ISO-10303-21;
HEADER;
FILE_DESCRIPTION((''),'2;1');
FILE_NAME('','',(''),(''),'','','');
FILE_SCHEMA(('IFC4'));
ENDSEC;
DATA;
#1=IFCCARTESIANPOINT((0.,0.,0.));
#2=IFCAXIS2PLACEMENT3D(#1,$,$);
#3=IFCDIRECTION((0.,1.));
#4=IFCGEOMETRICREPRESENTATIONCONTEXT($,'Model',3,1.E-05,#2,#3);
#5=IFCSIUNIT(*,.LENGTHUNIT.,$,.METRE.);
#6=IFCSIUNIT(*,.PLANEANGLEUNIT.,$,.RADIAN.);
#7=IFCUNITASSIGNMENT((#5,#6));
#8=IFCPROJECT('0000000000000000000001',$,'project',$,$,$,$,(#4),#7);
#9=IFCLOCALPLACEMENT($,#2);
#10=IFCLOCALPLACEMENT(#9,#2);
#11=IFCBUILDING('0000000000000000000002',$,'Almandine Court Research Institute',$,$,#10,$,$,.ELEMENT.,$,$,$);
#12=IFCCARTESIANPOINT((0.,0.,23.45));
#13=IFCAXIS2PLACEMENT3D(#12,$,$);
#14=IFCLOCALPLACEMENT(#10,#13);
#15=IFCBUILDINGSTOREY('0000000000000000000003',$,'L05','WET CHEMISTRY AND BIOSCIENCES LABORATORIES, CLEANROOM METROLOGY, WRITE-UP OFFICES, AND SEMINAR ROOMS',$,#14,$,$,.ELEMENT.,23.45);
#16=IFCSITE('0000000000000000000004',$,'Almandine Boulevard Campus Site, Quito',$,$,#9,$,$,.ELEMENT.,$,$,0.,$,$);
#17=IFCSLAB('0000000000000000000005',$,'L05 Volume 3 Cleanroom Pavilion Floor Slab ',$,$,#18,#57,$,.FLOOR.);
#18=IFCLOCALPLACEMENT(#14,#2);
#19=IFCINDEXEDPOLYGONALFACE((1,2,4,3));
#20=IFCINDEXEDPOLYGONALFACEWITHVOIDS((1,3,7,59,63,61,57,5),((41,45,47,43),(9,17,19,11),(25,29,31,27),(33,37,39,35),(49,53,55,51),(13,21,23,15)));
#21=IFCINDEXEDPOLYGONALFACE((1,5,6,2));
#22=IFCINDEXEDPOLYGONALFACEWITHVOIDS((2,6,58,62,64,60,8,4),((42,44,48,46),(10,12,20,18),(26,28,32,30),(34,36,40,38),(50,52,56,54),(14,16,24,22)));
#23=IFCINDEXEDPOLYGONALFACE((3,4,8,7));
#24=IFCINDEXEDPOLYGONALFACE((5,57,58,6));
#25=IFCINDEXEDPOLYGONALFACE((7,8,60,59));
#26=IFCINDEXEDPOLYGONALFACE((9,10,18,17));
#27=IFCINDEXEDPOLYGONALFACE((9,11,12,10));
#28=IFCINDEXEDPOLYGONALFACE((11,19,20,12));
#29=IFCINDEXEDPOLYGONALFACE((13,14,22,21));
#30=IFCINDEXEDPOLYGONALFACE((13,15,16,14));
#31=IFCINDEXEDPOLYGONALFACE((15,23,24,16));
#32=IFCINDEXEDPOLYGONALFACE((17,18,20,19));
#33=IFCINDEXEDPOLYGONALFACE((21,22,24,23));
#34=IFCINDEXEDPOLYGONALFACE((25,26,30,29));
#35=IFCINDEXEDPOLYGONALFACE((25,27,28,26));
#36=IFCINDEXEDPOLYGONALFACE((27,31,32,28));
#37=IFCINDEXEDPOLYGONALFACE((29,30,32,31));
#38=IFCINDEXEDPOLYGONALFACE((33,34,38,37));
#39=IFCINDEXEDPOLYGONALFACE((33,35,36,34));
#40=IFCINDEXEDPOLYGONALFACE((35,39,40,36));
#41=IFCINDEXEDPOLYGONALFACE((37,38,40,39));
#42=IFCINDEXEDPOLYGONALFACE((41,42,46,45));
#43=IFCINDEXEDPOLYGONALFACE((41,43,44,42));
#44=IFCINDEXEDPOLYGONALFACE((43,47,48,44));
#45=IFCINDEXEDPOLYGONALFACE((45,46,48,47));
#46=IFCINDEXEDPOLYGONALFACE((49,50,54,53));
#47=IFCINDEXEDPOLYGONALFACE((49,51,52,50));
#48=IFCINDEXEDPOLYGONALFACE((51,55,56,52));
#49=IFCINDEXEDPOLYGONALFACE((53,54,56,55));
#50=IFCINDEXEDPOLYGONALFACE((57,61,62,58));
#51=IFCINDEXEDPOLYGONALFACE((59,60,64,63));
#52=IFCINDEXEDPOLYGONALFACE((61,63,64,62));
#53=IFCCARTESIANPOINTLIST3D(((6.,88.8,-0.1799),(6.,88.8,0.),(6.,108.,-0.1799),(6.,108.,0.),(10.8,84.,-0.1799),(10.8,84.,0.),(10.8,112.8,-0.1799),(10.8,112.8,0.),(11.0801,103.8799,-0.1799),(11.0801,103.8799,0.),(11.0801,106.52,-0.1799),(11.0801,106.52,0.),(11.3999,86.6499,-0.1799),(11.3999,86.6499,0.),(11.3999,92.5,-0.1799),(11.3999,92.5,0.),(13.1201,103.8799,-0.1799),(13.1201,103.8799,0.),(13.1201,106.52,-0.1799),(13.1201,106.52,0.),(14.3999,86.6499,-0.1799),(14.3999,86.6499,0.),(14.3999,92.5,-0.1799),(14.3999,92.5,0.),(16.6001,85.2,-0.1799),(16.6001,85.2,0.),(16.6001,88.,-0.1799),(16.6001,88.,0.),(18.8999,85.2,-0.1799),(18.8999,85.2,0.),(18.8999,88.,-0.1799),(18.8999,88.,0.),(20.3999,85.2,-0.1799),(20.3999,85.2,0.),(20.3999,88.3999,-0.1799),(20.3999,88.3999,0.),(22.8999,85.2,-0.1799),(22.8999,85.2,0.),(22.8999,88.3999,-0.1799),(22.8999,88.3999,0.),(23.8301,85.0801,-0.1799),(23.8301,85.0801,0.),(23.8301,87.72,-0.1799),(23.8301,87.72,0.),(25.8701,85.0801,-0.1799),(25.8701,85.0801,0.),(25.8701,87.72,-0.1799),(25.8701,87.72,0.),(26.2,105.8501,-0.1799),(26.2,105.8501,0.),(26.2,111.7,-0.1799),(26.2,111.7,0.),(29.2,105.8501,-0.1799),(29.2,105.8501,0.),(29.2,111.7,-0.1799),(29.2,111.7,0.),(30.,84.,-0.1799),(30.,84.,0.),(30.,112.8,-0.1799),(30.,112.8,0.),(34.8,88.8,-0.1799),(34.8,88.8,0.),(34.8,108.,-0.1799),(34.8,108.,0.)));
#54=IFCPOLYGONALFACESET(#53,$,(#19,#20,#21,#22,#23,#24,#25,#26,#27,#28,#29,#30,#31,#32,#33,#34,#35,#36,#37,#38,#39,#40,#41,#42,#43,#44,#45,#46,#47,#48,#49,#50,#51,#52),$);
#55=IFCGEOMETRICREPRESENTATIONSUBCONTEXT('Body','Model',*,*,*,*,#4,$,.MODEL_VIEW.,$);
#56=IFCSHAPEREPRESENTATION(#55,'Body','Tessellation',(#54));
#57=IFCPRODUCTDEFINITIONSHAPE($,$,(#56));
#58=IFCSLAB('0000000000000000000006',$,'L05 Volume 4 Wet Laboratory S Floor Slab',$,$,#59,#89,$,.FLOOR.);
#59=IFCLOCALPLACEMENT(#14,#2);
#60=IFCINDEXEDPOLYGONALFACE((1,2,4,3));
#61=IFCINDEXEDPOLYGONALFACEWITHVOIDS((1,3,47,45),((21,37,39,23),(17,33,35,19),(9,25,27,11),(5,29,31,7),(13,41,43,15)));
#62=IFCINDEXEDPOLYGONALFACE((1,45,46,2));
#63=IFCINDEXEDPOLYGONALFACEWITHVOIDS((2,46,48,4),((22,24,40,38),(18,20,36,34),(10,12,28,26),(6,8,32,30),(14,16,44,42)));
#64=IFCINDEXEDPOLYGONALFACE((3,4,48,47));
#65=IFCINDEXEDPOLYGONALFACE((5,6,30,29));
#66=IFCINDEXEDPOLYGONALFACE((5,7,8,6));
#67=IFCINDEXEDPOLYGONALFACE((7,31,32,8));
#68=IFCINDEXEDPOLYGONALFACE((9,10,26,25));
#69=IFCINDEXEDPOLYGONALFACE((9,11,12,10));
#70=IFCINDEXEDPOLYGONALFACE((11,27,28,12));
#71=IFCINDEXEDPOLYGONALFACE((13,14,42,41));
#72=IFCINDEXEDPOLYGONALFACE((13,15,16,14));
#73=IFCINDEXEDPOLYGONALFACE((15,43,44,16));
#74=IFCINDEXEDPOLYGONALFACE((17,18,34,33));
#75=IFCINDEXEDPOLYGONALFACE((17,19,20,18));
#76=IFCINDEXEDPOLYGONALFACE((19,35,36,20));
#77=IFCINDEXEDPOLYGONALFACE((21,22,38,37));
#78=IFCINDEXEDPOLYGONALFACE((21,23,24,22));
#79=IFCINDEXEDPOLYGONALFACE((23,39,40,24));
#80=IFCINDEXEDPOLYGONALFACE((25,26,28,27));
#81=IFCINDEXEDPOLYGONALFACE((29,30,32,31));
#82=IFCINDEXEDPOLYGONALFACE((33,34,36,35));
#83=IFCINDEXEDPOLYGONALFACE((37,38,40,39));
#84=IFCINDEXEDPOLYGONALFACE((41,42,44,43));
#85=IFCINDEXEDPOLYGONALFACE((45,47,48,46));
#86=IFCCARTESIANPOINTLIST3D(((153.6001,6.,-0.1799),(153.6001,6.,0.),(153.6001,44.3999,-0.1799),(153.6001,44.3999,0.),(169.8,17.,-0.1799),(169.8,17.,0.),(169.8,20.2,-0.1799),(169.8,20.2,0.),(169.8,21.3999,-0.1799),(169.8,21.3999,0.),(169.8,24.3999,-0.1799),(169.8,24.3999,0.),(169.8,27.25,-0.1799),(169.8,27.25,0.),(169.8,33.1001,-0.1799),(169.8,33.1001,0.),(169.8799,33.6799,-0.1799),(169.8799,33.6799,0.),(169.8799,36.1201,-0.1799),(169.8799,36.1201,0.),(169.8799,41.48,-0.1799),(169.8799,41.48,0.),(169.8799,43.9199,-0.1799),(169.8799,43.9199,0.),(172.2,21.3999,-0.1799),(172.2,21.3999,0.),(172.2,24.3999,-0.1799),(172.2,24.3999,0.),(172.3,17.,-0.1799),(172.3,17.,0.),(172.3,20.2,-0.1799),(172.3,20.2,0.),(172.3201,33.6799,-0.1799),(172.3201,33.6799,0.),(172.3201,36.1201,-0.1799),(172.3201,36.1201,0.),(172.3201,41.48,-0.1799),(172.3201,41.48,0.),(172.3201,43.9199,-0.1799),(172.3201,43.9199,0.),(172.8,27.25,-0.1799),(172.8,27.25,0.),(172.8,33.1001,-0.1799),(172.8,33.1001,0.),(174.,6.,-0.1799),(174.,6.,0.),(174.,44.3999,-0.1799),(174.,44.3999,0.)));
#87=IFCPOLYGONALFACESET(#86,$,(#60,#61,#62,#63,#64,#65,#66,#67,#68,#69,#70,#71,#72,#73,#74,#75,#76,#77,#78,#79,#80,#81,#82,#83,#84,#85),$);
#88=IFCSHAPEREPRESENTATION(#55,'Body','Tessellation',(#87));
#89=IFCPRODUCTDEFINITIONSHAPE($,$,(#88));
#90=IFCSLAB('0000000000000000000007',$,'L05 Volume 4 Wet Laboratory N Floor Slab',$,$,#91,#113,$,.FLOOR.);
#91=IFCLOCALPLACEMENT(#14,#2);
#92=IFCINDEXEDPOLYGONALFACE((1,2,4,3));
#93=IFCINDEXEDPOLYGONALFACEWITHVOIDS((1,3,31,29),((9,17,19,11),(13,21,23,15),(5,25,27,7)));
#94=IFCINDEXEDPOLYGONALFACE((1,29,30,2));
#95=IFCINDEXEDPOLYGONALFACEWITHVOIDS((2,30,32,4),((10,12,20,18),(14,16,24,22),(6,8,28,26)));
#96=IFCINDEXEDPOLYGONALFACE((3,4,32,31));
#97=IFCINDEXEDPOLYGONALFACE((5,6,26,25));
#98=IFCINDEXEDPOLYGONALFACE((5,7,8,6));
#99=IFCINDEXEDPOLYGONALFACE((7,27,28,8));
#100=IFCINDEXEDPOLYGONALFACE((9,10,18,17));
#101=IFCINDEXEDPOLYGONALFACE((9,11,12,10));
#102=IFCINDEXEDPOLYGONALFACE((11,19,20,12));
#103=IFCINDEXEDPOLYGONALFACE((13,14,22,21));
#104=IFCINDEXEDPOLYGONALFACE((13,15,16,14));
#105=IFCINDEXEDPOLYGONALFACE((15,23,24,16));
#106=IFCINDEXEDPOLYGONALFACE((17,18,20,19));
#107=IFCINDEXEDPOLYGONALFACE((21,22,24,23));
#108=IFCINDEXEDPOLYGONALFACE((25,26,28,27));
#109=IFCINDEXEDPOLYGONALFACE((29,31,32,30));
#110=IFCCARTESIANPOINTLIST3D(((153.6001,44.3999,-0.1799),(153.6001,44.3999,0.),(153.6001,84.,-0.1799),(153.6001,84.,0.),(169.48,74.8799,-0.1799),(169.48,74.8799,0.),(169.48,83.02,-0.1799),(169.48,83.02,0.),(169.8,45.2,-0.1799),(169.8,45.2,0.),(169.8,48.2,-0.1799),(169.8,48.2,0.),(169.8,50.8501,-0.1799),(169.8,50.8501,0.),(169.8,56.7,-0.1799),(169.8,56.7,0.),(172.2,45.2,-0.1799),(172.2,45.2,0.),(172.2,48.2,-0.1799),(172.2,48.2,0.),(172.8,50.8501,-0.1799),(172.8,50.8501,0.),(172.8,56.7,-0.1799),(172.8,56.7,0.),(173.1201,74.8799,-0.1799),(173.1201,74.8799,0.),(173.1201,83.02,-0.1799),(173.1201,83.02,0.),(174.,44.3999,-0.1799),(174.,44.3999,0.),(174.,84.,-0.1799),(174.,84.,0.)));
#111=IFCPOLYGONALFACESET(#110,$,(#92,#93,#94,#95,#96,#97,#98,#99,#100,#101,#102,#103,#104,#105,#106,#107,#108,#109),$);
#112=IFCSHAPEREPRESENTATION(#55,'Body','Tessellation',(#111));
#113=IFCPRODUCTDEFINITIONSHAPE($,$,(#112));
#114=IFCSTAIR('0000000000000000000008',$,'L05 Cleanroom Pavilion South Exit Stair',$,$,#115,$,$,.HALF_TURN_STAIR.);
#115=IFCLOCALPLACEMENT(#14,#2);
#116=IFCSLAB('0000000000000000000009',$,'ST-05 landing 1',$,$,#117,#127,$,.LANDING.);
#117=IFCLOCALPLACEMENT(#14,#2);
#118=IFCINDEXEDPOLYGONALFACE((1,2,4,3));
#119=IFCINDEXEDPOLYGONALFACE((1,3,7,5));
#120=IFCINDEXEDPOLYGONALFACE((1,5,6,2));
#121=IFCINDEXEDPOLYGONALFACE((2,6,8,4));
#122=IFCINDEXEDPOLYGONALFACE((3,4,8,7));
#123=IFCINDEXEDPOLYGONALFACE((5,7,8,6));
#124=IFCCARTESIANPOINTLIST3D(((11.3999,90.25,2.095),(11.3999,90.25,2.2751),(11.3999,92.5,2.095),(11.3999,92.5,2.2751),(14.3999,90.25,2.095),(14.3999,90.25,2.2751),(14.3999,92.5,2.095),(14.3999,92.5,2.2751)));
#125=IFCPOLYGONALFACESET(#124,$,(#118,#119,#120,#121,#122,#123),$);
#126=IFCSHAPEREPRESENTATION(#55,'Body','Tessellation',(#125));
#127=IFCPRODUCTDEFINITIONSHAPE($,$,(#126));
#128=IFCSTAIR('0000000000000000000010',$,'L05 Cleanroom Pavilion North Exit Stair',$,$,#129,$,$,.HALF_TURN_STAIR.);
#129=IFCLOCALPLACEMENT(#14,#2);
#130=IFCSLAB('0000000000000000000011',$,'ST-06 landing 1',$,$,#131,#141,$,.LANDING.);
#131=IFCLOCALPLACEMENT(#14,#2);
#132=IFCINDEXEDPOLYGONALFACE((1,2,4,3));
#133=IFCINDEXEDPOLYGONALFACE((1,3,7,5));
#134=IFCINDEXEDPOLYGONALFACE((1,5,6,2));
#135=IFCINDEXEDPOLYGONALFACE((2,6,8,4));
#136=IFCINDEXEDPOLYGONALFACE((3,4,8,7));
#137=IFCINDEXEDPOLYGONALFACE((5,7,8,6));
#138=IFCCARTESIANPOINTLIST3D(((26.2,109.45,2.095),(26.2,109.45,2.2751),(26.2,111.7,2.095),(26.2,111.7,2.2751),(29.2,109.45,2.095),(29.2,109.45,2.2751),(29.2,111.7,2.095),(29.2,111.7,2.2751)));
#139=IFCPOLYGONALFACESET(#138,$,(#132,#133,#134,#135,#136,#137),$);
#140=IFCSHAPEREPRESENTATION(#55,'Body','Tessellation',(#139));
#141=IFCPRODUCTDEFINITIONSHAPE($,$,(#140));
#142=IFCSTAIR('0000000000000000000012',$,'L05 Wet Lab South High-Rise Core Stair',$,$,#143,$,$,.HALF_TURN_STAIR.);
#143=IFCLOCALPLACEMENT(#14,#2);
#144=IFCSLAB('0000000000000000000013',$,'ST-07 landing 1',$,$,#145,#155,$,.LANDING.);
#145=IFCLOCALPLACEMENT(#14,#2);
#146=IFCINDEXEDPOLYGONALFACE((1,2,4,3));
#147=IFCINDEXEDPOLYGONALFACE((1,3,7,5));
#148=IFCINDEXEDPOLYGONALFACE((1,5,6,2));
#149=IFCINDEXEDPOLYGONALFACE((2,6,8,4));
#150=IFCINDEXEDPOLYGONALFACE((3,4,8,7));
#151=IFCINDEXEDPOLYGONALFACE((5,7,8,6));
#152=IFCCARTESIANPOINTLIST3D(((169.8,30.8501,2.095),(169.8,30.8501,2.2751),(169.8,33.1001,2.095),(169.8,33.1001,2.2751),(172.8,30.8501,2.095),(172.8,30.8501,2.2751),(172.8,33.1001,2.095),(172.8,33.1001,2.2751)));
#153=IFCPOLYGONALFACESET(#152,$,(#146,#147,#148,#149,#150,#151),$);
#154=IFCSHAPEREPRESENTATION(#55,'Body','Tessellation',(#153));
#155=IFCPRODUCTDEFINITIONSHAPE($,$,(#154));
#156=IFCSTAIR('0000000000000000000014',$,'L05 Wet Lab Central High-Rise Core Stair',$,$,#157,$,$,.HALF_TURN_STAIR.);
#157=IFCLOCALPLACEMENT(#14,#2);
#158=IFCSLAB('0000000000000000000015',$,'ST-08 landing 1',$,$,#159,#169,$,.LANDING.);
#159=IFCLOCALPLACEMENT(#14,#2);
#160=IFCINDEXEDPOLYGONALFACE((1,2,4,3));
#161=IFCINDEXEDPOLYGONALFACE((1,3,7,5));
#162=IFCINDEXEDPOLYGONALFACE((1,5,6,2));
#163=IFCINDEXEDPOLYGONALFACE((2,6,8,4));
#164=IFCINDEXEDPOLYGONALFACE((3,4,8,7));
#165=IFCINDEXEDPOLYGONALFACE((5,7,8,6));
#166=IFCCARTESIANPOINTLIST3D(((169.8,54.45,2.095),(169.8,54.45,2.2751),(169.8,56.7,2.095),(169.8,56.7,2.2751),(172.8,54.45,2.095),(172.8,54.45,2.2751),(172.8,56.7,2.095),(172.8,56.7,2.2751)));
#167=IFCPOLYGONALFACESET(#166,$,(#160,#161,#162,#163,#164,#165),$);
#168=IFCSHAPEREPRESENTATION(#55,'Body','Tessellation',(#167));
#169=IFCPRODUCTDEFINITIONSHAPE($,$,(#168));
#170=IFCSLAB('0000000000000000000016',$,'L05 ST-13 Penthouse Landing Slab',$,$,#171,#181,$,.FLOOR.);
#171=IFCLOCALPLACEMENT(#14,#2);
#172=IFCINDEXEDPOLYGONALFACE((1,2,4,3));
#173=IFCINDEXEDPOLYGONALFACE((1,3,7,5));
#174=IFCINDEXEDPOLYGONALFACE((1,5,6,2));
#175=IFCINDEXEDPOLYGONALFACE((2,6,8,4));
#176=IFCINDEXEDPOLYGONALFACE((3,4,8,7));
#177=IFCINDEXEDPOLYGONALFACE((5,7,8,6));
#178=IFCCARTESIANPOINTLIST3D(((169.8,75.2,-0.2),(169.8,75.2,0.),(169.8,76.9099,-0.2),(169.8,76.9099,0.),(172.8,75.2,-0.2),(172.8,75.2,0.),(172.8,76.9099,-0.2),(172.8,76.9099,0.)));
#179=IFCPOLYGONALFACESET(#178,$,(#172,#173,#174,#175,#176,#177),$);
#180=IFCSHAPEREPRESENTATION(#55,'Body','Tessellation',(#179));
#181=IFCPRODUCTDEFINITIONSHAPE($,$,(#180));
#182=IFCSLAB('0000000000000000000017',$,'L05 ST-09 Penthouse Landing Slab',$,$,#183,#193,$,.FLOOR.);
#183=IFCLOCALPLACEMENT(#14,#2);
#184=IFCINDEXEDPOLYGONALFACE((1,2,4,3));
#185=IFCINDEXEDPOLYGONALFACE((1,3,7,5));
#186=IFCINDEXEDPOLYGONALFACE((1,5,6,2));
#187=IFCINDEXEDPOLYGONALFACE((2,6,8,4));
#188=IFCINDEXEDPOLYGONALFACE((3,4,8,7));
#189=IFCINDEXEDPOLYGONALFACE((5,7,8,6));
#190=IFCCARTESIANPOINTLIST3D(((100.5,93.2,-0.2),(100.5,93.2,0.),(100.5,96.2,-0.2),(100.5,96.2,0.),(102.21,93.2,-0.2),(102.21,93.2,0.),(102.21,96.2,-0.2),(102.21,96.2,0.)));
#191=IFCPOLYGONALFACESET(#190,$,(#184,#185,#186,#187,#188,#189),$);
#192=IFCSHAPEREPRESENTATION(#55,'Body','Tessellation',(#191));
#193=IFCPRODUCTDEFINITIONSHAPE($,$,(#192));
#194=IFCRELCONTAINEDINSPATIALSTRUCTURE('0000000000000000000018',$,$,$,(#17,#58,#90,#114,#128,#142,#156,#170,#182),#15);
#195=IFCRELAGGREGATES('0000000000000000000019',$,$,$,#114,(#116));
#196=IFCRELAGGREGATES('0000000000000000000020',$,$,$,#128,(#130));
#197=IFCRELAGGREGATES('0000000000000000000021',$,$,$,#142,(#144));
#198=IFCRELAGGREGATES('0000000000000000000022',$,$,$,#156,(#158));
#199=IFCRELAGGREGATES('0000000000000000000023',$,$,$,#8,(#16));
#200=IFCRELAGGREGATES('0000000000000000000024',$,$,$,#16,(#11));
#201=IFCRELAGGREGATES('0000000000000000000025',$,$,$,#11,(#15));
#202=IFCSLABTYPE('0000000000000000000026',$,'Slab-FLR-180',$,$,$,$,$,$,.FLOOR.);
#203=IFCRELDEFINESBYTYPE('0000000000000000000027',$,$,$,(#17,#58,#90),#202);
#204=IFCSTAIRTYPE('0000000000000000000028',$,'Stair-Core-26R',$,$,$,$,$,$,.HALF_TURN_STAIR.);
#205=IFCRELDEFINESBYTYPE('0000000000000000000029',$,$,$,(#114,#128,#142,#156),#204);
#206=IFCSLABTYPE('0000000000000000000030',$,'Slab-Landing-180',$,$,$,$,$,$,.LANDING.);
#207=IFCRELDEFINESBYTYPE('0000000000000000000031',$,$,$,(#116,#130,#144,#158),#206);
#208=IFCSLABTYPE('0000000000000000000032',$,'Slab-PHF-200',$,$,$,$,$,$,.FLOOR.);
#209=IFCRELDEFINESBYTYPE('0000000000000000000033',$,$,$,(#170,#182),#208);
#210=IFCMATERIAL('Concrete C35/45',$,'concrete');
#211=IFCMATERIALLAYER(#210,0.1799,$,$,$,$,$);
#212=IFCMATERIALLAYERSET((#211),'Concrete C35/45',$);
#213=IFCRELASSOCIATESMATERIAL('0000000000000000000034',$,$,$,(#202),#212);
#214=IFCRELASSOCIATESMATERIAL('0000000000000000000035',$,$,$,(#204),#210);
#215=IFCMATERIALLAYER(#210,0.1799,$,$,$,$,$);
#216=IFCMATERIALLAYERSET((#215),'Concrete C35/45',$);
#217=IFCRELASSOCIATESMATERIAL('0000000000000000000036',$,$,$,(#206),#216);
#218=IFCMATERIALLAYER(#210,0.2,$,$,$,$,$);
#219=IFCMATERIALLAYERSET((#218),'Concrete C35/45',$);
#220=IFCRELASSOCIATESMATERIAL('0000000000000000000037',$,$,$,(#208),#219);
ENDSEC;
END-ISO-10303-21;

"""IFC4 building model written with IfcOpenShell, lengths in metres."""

from ifc_helpers import new_model, si_unit, direction, frame, origin, place, context, subcontext, project, spatial, polyline, outline, extrude, material, layer, layer_set, type_object, element, aggregate, save


model = new_model("IFC4")

# Units and contexts
model_context = context("Model", 3, precision=1e-05, world=origin(), true_north=direction((0.0, 1.0)))
body_context = subcontext(model_context, "Body", "Model", "MODEL_VIEW")
ifc_project = project(units=[si_unit("LENGTHUNIT", "METRE"), si_unit("PLANEANGLEUNIT", "RADIAN")], contexts=[model_context])

# Site, building, storey
site_placement = place(None, origin())
site = spatial("IfcSite", under=ifc_project, at=site_placement, Name="Almandine Boulevard Campus Site, Quito", CompositionType="ELEMENT", RefElevation=0.0)
building_placement = place(site_placement, origin())
building = spatial("IfcBuilding", under=site, at=building_placement, Name="Almandine Court Research Institute", CompositionType="ELEMENT")
storey_placement = place(building_placement, frame((0.0, 0.0, 23.45)))
storey = spatial("IfcBuildingStorey", under=building, at=storey_placement, Name="L05", Description="WET CHEMISTRY AND BIOSCIENCES LABORATORIES, CLEANROOM METROLOGY, WRITE-UP OFFICES, AND SEMINAR ROOMS", CompositionType="ELEMENT", Elevation=23.45)

# Slabs
ifc_material_1 = material(Name="Concrete C35/45", Category="concrete")
ifc_layer_1 = layer(ifc_material_1, 0.1799)
ifc_layer_set_1 = layer_set([ifc_layer_1], Name="Concrete C35/45")
slab_type_1 = type_object("IfcSlabType", Name="Slab-FLR-180", PredefinedType="FLOOR", material=ifc_layer_set_1)
slab_1_placement = place(storey_placement, frame((0.0, 0.0, -0.1799)))
element("IfcSlab", 1, at=slab_1_placement, inside=storey, type_object=slab_type_1, Name="L05 Volume 3 Cleanroom Pavilion Floor Slab ", PredefinedType="FLOOR", context=body_context, shape_type="SweptSolid", body=[
    extrude(outline(polyline([(10.8, 84.0), (30.0, 84.0), (34.8, 88.8), (34.8, 108.0), (30.0, 112.8), (10.8, 112.8), (6.0, 108.0), (6.0, 88.8), (10.8, 84.0)]), holes=[polyline([(14.3999, 86.6499), (14.3999, 92.5), (11.3999, 92.5), (11.3999, 86.6499), (14.3999, 86.6499)]), polyline([(29.2, 105.8501), (29.2, 111.7), (26.2, 111.7), (26.2, 105.8501), (29.2, 105.8501)]), polyline([(16.6001, 85.2), (18.8999, 85.2), (18.8999, 88.0), (16.6001, 88.0), (16.6001, 85.2)]), polyline([(20.3999, 85.2), (22.8999, 85.2), (22.8999, 88.3999), (20.3999, 88.3999), (20.3999, 85.2)]), polyline([(23.8301, 85.0801), (25.8701, 85.0801), (25.8701, 87.72), (23.8301, 87.72), (23.8301, 85.0801)]), polyline([(11.0801, 103.8799), (13.1201, 103.8799), (13.1201, 106.52), (11.0801, 106.52), (11.0801, 103.8799)])]), origin(), (0.0, 0.0, 1.0), 0.1799),
])
slab_2_placement = place(storey_placement, frame((0.0, 0.0, -0.1799)))
element("IfcSlab", 2, at=slab_2_placement, inside=storey, type_object=slab_type_1, Name="L05 Volume 4 Wet Laboratory S Floor Slab", PredefinedType="FLOOR", context=body_context, shape_type="SweptSolid", body=[
    extrude(outline(polyline([(153.6001, 6.0), (174.0, 6.0), (174.0, 44.3999), (153.6001, 44.3999), (153.6001, 6.0)]), holes=[polyline([(172.8, 27.25), (172.8, 33.1001), (169.8, 33.1001), (169.8, 27.25), (172.8, 27.25)]), polyline([(169.8, 21.3999), (172.2, 21.3999), (172.2, 24.3999), (169.8, 24.3999), (169.8, 21.3999)]), polyline([(169.8, 17.0), (172.3, 17.0), (172.3, 20.2), (169.8, 20.2), (169.8, 17.0)]), polyline([(169.8799, 33.6799), (172.3201, 33.6799), (172.3201, 36.1201), (169.8799, 36.1201), (169.8799, 33.6799)]), polyline([(169.8799, 41.48), (172.3201, 41.48), (172.3201, 43.9199), (169.8799, 43.9199), (169.8799, 41.48)])]), origin(), (0.0, 0.0, 1.0), 0.1799),
])
slab_3_placement = place(storey_placement, frame((0.0, 0.0, -0.1799)))
element("IfcSlab", 3, at=slab_3_placement, inside=storey, type_object=slab_type_1, Name="L05 Volume 4 Wet Laboratory N Floor Slab", PredefinedType="FLOOR", context=body_context, shape_type="SweptSolid", body=[
    extrude(outline(polyline([(153.6001, 44.3999), (174.0, 44.3999), (174.0, 84.0), (153.6001, 84.0), (153.6001, 44.3999)]), holes=[polyline([(172.8, 50.8501), (172.8, 56.7), (169.8, 56.7), (169.8, 50.8501), (172.8, 50.8501)]), polyline([(169.48, 74.8799), (173.1201, 74.8799), (173.1201, 83.02), (169.48, 83.02), (169.48, 74.8799)]), polyline([(169.8, 45.2), (172.2, 45.2), (172.2, 48.2), (169.8, 48.2), (169.8, 45.2)])]), origin(), (0.0, 0.0, 1.0), 0.1799),
])

# Stairs, slabs
stair_type = type_object("IfcStairType", Name="Stair-Core-26R", PredefinedType="HALF_TURN_STAIR", material=ifc_material_1)
stair_1_placement = place(storey_placement, origin())
stair_1 = element("IfcStair", 4, at=stair_1_placement, inside=storey, type_object=stair_type, Name="L05 Cleanroom Pavilion South Exit Stair", PredefinedType="HALF_TURN_STAIR")
ifc_layer_2 = layer(ifc_material_1, 0.1799)
ifc_layer_set_2 = layer_set([ifc_layer_2], Name="Concrete C35/45")
slab_type_2 = type_object("IfcSlabType", Name="Slab-Landing-180", PredefinedType="LANDING", material=ifc_layer_set_2)
slab_4_placement = place(storey_placement, frame((0.0, 0.0, 2.095)))
slab_4 = element("IfcSlab", 5, at=slab_4_placement, type_object=slab_type_2, Name="ST-05 landing 1", PredefinedType="LANDING", context=body_context, shape_type="SweptSolid", body=[
    extrude(outline(polyline([(14.3999, 90.25), (14.3999, 92.5), (11.3999, 92.5), (11.3999, 90.25), (14.3999, 90.25)])), origin(), (0.0, 0.0, 1.0), 0.1802),
])
aggregate(stair_1, [slab_4])
stair_2_placement = place(storey_placement, origin())
stair_2 = element("IfcStair", 6, at=stair_2_placement, inside=storey, type_object=stair_type, Name="L05 Cleanroom Pavilion North Exit Stair", PredefinedType="HALF_TURN_STAIR")
slab_5_placement = place(storey_placement, frame((0.0, 0.0, 2.095)))
slab_5 = element("IfcSlab", 7, at=slab_5_placement, type_object=slab_type_2, Name="ST-06 landing 1", PredefinedType="LANDING", context=body_context, shape_type="SweptSolid", body=[
    extrude(outline(polyline([(29.2, 109.45), (29.2, 111.7), (26.2, 111.7), (26.2, 109.45), (29.2, 109.45)])), origin(), (0.0, 0.0, 1.0), 0.1802),
])
aggregate(stair_2, [slab_5])
stair_3_placement = place(storey_placement, origin())
stair_3 = element("IfcStair", 8, at=stair_3_placement, inside=storey, type_object=stair_type, Name="L05 Wet Lab South High-Rise Core Stair", PredefinedType="HALF_TURN_STAIR")
slab_6_placement = place(storey_placement, frame((0.0, 0.0, 2.095)))
slab_6 = element("IfcSlab", 9, at=slab_6_placement, type_object=slab_type_2, Name="ST-07 landing 1", PredefinedType="LANDING", context=body_context, shape_type="SweptSolid", body=[
    extrude(outline(polyline([(172.8, 30.8501), (172.8, 33.1001), (169.8, 33.1001), (169.8, 30.8501), (172.8, 30.8501)])), origin(), (0.0, 0.0, 1.0), 0.1802),
])
aggregate(stair_3, [slab_6])
stair_4_placement = place(storey_placement, origin())
stair_4 = element("IfcStair", 10, at=stair_4_placement, inside=storey, type_object=stair_type, Name="L05 Wet Lab Central High-Rise Core Stair", PredefinedType="HALF_TURN_STAIR")
slab_7_placement = place(storey_placement, frame((0.0, 0.0, 2.095)))
slab_7 = element("IfcSlab", 11, at=slab_7_placement, type_object=slab_type_2, Name="ST-08 landing 1", PredefinedType="LANDING", context=body_context, shape_type="SweptSolid", body=[
    extrude(outline(polyline([(172.8, 54.45), (172.8, 56.7), (169.8, 56.7), (169.8, 54.45), (172.8, 54.45)])), origin(), (0.0, 0.0, 1.0), 0.1802),
])
aggregate(stair_4, [slab_7])

# Slabs
ifc_layer_3 = layer(ifc_material_1, 0.2)
ifc_layer_set_3 = layer_set([ifc_layer_3], Name="Concrete C35/45")
slab_type_3 = type_object("IfcSlabType", Name="Slab-PHF-200", PredefinedType="FLOOR", material=ifc_layer_set_3)
slab_8_placement = place(storey_placement, frame((0.0, 0.0, -0.2)))
element("IfcSlab", 12, at=slab_8_placement, inside=storey, type_object=slab_type_3, Name="L05 ST-13 Penthouse Landing Slab", PredefinedType="FLOOR", context=body_context, shape_type="SweptSolid", body=[
    extrude(outline(polyline([(172.8, 75.2), (172.8, 76.9099), (169.8, 76.9099), (169.8, 75.2), (172.8, 75.2)])), origin(), (0.0, 0.0, 1.0), 0.2),
])
slab_9_placement = place(storey_placement, frame((0.0, 0.0, -0.2)))
element("IfcSlab", 13, at=slab_9_placement, inside=storey, type_object=slab_type_3, Name="L05 ST-09 Penthouse Landing Slab", PredefinedType="FLOOR", context=body_context, shape_type="SweptSolid", body=[
    extrude(outline(polyline([(100.5, 93.2), (102.21, 93.2), (102.21, 96.2), (100.5, 96.2), (100.5, 93.2)])), origin(), (0.0, 0.0, 1.0), 0.2),
])

save(model, "model.ifc")
